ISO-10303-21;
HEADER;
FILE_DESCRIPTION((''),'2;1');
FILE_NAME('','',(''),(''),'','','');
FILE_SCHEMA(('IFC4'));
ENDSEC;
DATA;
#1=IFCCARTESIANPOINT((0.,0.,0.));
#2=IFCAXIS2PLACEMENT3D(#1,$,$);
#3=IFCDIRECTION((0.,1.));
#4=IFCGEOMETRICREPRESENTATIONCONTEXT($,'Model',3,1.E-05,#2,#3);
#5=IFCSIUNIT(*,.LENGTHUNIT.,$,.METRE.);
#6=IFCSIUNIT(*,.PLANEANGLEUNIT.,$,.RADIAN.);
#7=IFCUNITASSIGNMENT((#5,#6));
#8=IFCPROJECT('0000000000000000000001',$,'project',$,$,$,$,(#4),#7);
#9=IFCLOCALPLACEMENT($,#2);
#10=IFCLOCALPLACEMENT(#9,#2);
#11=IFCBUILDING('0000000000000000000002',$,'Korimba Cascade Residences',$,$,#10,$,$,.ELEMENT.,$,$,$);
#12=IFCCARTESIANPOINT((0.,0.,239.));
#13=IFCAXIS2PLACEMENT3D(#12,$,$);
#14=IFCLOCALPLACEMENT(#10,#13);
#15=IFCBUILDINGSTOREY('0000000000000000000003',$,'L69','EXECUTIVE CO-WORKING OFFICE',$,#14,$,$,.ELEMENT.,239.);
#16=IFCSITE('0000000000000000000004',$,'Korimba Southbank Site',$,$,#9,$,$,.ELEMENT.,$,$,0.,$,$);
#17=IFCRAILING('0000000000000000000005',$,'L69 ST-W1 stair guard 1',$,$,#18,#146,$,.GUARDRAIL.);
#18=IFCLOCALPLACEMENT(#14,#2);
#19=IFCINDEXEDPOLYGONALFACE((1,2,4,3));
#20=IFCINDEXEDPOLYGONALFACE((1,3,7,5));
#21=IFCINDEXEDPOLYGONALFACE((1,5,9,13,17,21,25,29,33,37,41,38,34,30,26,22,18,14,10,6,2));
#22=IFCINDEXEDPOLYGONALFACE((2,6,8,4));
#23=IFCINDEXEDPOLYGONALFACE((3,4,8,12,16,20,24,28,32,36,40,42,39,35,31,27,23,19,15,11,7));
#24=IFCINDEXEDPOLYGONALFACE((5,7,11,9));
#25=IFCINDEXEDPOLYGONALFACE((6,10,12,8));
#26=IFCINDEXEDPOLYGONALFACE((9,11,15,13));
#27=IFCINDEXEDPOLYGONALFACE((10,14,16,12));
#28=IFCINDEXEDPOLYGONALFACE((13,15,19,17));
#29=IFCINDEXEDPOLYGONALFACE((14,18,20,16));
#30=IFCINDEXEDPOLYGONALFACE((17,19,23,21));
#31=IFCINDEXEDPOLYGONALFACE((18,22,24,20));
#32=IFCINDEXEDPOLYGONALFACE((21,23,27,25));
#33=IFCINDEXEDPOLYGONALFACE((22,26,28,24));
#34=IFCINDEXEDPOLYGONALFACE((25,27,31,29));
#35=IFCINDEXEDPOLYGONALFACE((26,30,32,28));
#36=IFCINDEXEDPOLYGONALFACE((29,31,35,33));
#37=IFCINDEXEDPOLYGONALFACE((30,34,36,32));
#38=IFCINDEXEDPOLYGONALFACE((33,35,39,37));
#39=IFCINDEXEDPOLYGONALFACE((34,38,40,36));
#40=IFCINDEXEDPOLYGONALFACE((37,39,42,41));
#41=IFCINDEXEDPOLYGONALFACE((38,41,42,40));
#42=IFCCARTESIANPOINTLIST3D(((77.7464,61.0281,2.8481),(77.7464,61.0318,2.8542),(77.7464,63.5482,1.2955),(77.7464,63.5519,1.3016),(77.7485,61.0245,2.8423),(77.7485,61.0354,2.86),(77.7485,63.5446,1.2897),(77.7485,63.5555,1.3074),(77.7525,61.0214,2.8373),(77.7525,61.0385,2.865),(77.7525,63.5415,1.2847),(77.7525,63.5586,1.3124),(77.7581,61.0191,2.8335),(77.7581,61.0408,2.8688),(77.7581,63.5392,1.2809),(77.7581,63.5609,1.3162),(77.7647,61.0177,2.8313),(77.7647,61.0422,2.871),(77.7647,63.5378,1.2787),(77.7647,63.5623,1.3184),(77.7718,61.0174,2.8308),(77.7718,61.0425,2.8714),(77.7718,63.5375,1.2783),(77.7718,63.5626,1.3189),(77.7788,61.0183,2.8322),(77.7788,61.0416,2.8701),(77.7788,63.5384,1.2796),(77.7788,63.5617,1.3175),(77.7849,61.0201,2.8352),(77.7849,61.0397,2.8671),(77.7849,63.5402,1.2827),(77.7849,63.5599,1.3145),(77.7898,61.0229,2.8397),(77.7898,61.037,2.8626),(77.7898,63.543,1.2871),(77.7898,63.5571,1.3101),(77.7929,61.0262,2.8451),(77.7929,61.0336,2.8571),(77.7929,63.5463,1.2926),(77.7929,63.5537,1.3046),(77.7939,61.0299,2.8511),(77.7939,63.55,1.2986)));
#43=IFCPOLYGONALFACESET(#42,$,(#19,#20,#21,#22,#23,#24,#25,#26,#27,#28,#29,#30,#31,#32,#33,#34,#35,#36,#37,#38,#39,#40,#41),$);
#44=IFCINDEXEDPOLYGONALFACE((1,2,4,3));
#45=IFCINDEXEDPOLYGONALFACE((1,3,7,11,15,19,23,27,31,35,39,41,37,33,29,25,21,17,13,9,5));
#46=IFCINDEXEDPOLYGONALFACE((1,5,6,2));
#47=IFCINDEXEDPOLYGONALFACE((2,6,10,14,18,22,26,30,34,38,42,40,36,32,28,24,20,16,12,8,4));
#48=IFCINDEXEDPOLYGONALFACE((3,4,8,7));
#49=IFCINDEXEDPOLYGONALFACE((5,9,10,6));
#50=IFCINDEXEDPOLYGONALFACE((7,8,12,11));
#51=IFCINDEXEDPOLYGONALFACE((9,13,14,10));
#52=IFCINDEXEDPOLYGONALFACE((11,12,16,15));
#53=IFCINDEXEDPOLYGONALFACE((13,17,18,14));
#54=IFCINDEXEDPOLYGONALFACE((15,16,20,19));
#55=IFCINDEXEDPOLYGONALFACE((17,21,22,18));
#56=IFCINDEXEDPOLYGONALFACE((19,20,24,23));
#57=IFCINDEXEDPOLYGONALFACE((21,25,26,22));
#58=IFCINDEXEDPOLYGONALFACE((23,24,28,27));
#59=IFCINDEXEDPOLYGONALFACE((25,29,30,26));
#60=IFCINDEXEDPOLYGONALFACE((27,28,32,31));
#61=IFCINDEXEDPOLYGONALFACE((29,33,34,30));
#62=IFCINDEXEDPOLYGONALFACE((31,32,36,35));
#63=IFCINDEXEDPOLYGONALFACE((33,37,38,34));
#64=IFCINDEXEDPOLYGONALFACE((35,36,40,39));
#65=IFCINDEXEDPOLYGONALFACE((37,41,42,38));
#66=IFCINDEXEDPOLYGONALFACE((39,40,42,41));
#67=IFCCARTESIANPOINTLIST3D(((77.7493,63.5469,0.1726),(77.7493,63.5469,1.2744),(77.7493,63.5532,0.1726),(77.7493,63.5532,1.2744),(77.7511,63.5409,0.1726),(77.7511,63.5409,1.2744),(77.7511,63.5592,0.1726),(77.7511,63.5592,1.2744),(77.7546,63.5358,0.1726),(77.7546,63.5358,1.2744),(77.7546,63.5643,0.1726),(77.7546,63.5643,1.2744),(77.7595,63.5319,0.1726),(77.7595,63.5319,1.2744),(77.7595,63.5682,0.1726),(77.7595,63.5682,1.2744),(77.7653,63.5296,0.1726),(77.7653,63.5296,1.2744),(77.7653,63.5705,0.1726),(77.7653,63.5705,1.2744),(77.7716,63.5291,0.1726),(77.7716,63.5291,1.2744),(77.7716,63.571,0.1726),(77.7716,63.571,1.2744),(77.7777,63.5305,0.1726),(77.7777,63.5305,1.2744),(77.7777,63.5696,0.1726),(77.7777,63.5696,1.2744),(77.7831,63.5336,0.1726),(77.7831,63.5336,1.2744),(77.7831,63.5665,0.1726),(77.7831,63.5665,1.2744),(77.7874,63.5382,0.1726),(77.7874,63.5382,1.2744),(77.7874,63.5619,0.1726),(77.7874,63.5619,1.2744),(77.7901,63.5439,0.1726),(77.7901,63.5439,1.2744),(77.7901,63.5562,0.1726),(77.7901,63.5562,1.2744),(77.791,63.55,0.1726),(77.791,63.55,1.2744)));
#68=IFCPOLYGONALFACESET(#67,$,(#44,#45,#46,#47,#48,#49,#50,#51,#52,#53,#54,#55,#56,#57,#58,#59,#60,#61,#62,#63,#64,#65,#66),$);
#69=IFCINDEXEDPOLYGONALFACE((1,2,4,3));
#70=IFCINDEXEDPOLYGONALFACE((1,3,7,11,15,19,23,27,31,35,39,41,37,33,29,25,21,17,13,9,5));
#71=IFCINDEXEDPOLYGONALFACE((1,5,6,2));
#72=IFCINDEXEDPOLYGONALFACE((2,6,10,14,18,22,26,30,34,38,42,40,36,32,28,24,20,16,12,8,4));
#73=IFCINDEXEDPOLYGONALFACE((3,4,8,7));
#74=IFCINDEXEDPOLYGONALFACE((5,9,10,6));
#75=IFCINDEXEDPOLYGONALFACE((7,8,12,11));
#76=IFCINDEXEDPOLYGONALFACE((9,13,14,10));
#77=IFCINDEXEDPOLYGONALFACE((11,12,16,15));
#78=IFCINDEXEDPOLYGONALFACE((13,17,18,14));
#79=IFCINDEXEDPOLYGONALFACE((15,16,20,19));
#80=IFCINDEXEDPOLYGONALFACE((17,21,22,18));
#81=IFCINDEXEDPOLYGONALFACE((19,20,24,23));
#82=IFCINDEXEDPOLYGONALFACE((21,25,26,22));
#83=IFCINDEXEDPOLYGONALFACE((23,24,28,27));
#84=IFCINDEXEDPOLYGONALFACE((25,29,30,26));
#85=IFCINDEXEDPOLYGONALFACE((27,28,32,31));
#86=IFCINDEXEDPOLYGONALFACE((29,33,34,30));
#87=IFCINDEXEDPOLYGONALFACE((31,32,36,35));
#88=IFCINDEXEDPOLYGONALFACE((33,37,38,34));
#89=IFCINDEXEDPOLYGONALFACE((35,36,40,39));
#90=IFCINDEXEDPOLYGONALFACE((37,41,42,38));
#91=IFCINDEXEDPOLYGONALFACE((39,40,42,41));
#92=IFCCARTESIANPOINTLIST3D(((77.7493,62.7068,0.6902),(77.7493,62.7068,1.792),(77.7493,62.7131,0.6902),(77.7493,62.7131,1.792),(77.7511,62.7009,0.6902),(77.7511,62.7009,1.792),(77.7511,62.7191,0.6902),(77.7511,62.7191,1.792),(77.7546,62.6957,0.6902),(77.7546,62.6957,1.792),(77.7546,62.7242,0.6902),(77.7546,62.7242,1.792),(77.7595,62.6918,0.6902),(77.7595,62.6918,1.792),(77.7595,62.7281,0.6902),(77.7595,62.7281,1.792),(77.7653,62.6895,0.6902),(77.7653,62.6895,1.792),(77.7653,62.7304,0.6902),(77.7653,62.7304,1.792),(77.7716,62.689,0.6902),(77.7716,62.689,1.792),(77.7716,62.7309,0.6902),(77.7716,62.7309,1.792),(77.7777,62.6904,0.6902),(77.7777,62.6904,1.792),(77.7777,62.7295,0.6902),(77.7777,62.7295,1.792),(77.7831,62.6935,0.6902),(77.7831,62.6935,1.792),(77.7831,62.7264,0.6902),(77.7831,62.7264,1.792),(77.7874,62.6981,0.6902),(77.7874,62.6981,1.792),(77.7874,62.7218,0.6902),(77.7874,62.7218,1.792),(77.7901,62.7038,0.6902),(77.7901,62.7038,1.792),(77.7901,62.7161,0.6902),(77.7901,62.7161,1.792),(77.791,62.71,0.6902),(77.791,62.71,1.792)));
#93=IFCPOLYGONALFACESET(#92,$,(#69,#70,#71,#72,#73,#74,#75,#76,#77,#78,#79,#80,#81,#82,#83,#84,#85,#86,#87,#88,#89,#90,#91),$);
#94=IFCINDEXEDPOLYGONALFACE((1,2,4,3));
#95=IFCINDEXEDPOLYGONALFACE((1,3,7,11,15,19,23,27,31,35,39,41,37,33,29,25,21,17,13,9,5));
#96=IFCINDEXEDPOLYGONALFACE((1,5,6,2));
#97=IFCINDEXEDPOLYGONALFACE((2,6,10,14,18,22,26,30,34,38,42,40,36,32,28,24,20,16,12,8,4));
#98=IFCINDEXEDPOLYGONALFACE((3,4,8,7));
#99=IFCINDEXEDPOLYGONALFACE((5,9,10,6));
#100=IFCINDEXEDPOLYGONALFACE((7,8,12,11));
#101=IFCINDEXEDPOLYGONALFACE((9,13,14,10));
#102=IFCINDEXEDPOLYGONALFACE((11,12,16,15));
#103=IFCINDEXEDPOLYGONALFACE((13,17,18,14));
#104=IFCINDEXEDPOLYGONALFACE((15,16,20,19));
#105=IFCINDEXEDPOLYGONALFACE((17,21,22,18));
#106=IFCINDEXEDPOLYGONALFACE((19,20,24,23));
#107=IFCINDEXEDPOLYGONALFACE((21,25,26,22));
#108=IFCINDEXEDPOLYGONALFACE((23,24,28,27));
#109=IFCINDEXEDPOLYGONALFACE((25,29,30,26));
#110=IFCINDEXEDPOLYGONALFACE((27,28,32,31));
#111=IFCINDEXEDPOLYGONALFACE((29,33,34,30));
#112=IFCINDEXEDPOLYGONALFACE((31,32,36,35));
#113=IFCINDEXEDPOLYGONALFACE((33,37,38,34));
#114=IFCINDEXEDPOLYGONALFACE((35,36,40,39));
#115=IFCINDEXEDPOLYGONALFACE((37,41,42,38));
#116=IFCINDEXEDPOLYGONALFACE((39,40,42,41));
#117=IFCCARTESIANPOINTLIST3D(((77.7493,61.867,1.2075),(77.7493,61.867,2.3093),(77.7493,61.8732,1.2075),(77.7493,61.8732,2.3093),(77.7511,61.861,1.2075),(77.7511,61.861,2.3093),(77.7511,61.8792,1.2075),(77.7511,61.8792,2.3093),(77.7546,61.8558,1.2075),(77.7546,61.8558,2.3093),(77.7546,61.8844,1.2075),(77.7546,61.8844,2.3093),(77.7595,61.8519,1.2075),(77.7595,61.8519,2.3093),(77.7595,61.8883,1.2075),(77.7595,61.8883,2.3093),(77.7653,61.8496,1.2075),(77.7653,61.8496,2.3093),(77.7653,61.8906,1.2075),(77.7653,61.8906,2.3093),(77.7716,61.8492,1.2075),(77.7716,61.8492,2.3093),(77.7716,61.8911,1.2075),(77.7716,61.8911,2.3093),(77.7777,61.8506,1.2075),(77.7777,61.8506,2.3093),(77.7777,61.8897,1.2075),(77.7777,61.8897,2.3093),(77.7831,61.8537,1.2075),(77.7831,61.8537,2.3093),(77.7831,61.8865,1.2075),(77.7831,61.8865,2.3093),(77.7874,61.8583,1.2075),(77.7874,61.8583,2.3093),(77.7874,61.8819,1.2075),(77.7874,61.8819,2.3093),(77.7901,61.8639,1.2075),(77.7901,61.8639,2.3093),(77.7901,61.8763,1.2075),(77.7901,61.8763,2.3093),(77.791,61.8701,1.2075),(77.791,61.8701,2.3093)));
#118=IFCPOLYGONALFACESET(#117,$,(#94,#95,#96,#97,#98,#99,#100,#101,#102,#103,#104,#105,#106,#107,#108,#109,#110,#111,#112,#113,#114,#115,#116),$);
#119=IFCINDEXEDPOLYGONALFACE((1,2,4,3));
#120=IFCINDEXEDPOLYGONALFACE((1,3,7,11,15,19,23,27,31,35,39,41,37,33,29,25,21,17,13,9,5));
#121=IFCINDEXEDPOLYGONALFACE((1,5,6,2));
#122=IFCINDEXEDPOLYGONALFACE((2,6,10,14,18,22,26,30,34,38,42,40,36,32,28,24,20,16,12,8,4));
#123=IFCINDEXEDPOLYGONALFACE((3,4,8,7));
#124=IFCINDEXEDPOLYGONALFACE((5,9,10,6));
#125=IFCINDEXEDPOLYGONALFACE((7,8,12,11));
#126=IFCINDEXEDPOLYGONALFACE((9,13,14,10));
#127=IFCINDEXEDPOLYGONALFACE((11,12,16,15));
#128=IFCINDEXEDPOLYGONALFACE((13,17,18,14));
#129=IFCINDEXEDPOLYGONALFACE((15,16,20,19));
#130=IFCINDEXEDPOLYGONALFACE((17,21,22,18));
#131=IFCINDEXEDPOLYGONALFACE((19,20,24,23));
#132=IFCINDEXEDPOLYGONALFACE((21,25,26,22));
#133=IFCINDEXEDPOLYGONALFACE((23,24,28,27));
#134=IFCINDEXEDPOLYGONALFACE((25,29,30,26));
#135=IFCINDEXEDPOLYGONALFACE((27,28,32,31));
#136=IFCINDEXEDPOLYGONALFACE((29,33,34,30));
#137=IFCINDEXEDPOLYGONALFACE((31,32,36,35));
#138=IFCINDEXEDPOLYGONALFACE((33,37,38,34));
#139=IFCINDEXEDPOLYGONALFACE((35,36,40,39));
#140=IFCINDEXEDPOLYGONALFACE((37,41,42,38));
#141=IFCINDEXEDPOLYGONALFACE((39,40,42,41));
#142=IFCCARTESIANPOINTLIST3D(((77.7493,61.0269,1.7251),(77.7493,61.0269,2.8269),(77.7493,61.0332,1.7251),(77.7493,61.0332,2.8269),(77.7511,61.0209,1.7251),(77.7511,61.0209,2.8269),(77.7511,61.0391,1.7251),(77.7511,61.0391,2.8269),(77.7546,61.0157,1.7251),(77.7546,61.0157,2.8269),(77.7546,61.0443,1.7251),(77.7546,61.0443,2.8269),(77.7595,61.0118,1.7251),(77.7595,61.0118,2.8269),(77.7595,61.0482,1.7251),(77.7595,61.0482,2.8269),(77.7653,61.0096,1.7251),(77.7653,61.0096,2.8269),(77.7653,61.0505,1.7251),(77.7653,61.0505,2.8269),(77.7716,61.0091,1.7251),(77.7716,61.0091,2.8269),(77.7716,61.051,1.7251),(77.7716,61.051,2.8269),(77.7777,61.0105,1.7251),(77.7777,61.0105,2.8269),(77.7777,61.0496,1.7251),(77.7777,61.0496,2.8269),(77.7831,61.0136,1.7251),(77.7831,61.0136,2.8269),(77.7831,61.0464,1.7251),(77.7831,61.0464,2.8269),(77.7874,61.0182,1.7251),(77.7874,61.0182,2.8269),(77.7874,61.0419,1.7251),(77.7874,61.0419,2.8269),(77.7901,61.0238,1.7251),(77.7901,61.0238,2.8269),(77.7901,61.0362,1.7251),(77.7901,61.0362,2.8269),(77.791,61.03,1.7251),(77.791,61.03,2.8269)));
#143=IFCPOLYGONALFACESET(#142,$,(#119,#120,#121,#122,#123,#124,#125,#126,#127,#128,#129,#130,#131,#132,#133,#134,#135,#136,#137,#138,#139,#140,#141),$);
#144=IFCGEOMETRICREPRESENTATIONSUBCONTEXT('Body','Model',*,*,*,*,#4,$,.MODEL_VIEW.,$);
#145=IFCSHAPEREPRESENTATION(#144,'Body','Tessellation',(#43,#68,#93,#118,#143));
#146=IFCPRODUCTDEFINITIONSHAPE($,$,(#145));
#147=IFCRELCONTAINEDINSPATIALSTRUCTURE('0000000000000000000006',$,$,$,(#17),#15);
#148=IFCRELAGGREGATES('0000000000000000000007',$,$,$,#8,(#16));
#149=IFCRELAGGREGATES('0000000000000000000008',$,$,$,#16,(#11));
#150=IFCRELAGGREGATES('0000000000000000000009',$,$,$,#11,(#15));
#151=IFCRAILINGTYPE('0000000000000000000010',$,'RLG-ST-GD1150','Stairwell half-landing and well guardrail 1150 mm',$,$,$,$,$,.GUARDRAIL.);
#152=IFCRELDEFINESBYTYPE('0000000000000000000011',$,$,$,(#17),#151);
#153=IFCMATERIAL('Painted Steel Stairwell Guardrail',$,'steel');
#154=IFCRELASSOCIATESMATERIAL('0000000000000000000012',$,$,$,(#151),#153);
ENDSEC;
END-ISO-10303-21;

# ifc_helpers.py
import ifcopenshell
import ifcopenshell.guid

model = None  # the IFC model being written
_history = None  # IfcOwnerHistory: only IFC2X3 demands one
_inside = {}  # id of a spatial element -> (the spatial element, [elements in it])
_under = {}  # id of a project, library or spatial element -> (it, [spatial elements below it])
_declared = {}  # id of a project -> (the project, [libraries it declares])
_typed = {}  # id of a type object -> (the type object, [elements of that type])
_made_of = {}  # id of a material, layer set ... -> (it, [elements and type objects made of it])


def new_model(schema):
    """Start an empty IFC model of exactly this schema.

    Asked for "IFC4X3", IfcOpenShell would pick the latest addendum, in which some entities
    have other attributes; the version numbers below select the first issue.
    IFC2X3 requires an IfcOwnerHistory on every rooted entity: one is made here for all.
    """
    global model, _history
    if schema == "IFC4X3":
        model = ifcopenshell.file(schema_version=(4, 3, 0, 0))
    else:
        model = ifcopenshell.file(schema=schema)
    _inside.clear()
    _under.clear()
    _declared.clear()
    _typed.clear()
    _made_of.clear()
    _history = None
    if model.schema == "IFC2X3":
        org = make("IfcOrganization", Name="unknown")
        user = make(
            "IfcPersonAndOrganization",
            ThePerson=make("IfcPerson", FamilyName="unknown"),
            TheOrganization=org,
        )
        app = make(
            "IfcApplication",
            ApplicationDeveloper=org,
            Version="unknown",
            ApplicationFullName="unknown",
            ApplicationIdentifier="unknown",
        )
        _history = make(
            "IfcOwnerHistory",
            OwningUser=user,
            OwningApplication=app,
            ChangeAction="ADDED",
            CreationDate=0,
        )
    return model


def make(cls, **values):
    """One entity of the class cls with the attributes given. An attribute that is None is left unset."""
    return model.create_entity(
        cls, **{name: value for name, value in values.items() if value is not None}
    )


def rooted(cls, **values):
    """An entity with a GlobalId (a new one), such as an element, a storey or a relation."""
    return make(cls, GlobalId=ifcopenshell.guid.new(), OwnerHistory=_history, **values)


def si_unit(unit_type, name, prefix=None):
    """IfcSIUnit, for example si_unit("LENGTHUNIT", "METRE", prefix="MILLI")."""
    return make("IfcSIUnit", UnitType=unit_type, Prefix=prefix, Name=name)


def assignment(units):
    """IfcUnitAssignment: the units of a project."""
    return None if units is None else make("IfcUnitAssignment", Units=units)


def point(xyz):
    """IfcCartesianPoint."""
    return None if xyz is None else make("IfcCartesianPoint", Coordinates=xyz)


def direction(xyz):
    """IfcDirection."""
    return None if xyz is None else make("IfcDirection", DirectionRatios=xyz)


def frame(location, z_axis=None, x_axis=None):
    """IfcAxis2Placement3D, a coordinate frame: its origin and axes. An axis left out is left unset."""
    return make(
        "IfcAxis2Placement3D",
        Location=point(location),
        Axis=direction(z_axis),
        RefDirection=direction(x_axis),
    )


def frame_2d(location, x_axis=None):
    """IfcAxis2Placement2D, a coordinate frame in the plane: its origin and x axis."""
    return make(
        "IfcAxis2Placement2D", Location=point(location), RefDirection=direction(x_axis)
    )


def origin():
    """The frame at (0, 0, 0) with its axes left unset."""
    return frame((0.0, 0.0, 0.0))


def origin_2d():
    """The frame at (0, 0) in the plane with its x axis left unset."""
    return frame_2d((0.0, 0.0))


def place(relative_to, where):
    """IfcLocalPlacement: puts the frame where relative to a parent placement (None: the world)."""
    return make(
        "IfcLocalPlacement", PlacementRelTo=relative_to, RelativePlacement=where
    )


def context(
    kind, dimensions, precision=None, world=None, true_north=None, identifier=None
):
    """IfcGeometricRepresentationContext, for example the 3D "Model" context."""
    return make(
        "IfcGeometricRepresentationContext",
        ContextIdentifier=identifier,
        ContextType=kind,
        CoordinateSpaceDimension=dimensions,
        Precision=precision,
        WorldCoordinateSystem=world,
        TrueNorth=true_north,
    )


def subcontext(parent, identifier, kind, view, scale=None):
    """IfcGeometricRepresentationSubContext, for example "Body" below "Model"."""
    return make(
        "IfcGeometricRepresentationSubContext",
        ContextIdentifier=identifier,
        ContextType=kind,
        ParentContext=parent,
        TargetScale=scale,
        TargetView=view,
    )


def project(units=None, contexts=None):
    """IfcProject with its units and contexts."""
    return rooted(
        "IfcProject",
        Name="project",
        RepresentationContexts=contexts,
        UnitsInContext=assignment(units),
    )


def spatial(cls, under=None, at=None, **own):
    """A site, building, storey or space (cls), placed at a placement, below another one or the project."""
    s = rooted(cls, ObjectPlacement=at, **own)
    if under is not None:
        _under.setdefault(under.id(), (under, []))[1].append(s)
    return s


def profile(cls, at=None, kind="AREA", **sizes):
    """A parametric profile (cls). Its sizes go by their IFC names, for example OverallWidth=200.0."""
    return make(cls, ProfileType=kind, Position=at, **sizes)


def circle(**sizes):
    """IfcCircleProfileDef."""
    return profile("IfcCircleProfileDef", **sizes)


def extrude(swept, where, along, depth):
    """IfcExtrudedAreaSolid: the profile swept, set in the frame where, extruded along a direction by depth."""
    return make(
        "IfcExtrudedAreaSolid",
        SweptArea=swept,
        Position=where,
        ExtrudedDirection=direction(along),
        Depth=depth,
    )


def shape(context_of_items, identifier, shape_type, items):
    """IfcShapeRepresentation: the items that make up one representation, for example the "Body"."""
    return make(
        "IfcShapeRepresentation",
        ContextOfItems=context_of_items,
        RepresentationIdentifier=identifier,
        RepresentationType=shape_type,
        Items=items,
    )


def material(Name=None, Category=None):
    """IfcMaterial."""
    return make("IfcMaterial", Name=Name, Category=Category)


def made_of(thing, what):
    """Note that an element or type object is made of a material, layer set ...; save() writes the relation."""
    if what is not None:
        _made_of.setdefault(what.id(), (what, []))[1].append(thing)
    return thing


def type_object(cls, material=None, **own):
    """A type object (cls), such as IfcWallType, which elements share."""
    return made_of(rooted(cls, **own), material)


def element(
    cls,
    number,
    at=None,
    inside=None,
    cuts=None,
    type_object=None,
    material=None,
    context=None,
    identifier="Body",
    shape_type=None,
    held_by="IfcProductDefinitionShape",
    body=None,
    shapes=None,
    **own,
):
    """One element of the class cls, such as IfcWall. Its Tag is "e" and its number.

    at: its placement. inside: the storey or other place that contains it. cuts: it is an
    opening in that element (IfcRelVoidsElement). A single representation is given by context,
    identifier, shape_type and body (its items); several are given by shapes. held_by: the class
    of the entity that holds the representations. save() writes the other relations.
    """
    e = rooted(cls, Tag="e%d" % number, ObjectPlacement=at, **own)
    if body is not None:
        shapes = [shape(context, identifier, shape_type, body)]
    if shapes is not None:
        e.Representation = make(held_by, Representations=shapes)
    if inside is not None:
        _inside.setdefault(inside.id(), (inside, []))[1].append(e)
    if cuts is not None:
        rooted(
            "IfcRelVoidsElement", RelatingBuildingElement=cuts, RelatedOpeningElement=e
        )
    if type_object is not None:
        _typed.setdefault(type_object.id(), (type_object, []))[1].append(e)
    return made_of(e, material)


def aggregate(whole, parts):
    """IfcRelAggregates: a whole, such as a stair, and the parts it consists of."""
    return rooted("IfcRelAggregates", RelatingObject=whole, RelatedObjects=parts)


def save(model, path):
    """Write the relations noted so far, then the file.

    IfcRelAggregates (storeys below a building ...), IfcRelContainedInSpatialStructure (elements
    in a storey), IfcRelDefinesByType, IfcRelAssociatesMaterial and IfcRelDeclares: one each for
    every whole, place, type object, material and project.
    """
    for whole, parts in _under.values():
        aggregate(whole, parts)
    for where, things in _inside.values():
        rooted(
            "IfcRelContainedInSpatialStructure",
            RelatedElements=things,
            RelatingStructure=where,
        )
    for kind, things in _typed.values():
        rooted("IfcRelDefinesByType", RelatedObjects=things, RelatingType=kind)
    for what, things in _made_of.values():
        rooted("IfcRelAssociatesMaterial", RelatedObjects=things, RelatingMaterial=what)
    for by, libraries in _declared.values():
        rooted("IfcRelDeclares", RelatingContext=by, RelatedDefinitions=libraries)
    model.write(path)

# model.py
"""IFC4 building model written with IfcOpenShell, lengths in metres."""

from ifc_helpers import new_model, si_unit, direction, frame, origin, origin_2d, place, context, subcontext, project, spatial, circle, extrude, material, type_object, element, save


model = new_model("IFC4")

# Units and contexts
model_context = context("Model", 3, precision=1e-05, world=origin(), true_north=direction((0.0, 1.0)))
body_context = subcontext(model_context, "Body", "Model", "MODEL_VIEW")
ifc_project = project(units=[si_unit("LENGTHUNIT", "METRE"), si_unit("PLANEANGLEUNIT", "RADIAN")], contexts=[model_context])

# Site, building, storey
site_placement = place(None, origin())
site = spatial("IfcSite", under=ifc_project, at=site_placement, Name="Korimba Southbank Site", CompositionType="ELEMENT", RefElevation=0.0)
building_placement = place(site_placement, origin())
building = spatial("IfcBuilding", under=site, at=building_placement, Name="Korimba Cascade Residences", CompositionType="ELEMENT")
storey_placement = place(building_placement, frame((0.0, 0.0, 239.0)))
storey = spatial("IfcBuildingStorey", under=building, at=storey_placement, Name="L69", Description="EXECUTIVE CO-WORKING OFFICE", CompositionType="ELEMENT", Elevation=239.0)

# Railing
ifc_material_1 = material(Name="Painted Steel Stairwell Guardrail", Category="steel")
railing_type_1 = type_object("IfcRailingType", Name="RLG-ST-GD1150", Description="Stairwell half-landing and well guardrail 1150 mm", PredefinedType="GUARDRAIL", material=ifc_material_1)
railing_1_placement = place(storey_placement, frame((77.77, 63.55, 0.1726)))
element("IfcRailing", 1, at=railing_1_placement, inside=storey, type_object=railing_type_1, Name="L69 ST-W1 stair guard 1", PredefinedType="GUARDRAIL", context=body_context, shape_type="SweptSolid", body=[
    extrude(circle(Radius=0.0239, at=origin_2d()), frame((0.0, 0.0, 1.126), z_axis=(0.0, -0.8514, 0.524516), x_axis=(1.0, 0.0, 0.0)), (0.0, 0.0, 1.0), 2.96),
    extrude(circle(Radius=0.021, at=origin_2d()), origin(), (0.0, 0.0, 1.0), 1.1018),
    extrude(circle(Radius=0.021, at=origin_2d()), frame((0.0, -0.8401, 0.5176)), (0.0, 0.0, 1.0), 1.1018),
    extrude(circle(Radius=0.021, at=origin_2d()), frame((0.0, -1.6799, 1.0349)), (0.0, 0.0, 1.0), 1.1018),
    extrude(circle(Radius=0.021, at=origin_2d()), frame((0.0, -2.52, 1.5525)), (0.0, 0.0, 1.0), 1.1018),
])

save(model, "model.ifc")
